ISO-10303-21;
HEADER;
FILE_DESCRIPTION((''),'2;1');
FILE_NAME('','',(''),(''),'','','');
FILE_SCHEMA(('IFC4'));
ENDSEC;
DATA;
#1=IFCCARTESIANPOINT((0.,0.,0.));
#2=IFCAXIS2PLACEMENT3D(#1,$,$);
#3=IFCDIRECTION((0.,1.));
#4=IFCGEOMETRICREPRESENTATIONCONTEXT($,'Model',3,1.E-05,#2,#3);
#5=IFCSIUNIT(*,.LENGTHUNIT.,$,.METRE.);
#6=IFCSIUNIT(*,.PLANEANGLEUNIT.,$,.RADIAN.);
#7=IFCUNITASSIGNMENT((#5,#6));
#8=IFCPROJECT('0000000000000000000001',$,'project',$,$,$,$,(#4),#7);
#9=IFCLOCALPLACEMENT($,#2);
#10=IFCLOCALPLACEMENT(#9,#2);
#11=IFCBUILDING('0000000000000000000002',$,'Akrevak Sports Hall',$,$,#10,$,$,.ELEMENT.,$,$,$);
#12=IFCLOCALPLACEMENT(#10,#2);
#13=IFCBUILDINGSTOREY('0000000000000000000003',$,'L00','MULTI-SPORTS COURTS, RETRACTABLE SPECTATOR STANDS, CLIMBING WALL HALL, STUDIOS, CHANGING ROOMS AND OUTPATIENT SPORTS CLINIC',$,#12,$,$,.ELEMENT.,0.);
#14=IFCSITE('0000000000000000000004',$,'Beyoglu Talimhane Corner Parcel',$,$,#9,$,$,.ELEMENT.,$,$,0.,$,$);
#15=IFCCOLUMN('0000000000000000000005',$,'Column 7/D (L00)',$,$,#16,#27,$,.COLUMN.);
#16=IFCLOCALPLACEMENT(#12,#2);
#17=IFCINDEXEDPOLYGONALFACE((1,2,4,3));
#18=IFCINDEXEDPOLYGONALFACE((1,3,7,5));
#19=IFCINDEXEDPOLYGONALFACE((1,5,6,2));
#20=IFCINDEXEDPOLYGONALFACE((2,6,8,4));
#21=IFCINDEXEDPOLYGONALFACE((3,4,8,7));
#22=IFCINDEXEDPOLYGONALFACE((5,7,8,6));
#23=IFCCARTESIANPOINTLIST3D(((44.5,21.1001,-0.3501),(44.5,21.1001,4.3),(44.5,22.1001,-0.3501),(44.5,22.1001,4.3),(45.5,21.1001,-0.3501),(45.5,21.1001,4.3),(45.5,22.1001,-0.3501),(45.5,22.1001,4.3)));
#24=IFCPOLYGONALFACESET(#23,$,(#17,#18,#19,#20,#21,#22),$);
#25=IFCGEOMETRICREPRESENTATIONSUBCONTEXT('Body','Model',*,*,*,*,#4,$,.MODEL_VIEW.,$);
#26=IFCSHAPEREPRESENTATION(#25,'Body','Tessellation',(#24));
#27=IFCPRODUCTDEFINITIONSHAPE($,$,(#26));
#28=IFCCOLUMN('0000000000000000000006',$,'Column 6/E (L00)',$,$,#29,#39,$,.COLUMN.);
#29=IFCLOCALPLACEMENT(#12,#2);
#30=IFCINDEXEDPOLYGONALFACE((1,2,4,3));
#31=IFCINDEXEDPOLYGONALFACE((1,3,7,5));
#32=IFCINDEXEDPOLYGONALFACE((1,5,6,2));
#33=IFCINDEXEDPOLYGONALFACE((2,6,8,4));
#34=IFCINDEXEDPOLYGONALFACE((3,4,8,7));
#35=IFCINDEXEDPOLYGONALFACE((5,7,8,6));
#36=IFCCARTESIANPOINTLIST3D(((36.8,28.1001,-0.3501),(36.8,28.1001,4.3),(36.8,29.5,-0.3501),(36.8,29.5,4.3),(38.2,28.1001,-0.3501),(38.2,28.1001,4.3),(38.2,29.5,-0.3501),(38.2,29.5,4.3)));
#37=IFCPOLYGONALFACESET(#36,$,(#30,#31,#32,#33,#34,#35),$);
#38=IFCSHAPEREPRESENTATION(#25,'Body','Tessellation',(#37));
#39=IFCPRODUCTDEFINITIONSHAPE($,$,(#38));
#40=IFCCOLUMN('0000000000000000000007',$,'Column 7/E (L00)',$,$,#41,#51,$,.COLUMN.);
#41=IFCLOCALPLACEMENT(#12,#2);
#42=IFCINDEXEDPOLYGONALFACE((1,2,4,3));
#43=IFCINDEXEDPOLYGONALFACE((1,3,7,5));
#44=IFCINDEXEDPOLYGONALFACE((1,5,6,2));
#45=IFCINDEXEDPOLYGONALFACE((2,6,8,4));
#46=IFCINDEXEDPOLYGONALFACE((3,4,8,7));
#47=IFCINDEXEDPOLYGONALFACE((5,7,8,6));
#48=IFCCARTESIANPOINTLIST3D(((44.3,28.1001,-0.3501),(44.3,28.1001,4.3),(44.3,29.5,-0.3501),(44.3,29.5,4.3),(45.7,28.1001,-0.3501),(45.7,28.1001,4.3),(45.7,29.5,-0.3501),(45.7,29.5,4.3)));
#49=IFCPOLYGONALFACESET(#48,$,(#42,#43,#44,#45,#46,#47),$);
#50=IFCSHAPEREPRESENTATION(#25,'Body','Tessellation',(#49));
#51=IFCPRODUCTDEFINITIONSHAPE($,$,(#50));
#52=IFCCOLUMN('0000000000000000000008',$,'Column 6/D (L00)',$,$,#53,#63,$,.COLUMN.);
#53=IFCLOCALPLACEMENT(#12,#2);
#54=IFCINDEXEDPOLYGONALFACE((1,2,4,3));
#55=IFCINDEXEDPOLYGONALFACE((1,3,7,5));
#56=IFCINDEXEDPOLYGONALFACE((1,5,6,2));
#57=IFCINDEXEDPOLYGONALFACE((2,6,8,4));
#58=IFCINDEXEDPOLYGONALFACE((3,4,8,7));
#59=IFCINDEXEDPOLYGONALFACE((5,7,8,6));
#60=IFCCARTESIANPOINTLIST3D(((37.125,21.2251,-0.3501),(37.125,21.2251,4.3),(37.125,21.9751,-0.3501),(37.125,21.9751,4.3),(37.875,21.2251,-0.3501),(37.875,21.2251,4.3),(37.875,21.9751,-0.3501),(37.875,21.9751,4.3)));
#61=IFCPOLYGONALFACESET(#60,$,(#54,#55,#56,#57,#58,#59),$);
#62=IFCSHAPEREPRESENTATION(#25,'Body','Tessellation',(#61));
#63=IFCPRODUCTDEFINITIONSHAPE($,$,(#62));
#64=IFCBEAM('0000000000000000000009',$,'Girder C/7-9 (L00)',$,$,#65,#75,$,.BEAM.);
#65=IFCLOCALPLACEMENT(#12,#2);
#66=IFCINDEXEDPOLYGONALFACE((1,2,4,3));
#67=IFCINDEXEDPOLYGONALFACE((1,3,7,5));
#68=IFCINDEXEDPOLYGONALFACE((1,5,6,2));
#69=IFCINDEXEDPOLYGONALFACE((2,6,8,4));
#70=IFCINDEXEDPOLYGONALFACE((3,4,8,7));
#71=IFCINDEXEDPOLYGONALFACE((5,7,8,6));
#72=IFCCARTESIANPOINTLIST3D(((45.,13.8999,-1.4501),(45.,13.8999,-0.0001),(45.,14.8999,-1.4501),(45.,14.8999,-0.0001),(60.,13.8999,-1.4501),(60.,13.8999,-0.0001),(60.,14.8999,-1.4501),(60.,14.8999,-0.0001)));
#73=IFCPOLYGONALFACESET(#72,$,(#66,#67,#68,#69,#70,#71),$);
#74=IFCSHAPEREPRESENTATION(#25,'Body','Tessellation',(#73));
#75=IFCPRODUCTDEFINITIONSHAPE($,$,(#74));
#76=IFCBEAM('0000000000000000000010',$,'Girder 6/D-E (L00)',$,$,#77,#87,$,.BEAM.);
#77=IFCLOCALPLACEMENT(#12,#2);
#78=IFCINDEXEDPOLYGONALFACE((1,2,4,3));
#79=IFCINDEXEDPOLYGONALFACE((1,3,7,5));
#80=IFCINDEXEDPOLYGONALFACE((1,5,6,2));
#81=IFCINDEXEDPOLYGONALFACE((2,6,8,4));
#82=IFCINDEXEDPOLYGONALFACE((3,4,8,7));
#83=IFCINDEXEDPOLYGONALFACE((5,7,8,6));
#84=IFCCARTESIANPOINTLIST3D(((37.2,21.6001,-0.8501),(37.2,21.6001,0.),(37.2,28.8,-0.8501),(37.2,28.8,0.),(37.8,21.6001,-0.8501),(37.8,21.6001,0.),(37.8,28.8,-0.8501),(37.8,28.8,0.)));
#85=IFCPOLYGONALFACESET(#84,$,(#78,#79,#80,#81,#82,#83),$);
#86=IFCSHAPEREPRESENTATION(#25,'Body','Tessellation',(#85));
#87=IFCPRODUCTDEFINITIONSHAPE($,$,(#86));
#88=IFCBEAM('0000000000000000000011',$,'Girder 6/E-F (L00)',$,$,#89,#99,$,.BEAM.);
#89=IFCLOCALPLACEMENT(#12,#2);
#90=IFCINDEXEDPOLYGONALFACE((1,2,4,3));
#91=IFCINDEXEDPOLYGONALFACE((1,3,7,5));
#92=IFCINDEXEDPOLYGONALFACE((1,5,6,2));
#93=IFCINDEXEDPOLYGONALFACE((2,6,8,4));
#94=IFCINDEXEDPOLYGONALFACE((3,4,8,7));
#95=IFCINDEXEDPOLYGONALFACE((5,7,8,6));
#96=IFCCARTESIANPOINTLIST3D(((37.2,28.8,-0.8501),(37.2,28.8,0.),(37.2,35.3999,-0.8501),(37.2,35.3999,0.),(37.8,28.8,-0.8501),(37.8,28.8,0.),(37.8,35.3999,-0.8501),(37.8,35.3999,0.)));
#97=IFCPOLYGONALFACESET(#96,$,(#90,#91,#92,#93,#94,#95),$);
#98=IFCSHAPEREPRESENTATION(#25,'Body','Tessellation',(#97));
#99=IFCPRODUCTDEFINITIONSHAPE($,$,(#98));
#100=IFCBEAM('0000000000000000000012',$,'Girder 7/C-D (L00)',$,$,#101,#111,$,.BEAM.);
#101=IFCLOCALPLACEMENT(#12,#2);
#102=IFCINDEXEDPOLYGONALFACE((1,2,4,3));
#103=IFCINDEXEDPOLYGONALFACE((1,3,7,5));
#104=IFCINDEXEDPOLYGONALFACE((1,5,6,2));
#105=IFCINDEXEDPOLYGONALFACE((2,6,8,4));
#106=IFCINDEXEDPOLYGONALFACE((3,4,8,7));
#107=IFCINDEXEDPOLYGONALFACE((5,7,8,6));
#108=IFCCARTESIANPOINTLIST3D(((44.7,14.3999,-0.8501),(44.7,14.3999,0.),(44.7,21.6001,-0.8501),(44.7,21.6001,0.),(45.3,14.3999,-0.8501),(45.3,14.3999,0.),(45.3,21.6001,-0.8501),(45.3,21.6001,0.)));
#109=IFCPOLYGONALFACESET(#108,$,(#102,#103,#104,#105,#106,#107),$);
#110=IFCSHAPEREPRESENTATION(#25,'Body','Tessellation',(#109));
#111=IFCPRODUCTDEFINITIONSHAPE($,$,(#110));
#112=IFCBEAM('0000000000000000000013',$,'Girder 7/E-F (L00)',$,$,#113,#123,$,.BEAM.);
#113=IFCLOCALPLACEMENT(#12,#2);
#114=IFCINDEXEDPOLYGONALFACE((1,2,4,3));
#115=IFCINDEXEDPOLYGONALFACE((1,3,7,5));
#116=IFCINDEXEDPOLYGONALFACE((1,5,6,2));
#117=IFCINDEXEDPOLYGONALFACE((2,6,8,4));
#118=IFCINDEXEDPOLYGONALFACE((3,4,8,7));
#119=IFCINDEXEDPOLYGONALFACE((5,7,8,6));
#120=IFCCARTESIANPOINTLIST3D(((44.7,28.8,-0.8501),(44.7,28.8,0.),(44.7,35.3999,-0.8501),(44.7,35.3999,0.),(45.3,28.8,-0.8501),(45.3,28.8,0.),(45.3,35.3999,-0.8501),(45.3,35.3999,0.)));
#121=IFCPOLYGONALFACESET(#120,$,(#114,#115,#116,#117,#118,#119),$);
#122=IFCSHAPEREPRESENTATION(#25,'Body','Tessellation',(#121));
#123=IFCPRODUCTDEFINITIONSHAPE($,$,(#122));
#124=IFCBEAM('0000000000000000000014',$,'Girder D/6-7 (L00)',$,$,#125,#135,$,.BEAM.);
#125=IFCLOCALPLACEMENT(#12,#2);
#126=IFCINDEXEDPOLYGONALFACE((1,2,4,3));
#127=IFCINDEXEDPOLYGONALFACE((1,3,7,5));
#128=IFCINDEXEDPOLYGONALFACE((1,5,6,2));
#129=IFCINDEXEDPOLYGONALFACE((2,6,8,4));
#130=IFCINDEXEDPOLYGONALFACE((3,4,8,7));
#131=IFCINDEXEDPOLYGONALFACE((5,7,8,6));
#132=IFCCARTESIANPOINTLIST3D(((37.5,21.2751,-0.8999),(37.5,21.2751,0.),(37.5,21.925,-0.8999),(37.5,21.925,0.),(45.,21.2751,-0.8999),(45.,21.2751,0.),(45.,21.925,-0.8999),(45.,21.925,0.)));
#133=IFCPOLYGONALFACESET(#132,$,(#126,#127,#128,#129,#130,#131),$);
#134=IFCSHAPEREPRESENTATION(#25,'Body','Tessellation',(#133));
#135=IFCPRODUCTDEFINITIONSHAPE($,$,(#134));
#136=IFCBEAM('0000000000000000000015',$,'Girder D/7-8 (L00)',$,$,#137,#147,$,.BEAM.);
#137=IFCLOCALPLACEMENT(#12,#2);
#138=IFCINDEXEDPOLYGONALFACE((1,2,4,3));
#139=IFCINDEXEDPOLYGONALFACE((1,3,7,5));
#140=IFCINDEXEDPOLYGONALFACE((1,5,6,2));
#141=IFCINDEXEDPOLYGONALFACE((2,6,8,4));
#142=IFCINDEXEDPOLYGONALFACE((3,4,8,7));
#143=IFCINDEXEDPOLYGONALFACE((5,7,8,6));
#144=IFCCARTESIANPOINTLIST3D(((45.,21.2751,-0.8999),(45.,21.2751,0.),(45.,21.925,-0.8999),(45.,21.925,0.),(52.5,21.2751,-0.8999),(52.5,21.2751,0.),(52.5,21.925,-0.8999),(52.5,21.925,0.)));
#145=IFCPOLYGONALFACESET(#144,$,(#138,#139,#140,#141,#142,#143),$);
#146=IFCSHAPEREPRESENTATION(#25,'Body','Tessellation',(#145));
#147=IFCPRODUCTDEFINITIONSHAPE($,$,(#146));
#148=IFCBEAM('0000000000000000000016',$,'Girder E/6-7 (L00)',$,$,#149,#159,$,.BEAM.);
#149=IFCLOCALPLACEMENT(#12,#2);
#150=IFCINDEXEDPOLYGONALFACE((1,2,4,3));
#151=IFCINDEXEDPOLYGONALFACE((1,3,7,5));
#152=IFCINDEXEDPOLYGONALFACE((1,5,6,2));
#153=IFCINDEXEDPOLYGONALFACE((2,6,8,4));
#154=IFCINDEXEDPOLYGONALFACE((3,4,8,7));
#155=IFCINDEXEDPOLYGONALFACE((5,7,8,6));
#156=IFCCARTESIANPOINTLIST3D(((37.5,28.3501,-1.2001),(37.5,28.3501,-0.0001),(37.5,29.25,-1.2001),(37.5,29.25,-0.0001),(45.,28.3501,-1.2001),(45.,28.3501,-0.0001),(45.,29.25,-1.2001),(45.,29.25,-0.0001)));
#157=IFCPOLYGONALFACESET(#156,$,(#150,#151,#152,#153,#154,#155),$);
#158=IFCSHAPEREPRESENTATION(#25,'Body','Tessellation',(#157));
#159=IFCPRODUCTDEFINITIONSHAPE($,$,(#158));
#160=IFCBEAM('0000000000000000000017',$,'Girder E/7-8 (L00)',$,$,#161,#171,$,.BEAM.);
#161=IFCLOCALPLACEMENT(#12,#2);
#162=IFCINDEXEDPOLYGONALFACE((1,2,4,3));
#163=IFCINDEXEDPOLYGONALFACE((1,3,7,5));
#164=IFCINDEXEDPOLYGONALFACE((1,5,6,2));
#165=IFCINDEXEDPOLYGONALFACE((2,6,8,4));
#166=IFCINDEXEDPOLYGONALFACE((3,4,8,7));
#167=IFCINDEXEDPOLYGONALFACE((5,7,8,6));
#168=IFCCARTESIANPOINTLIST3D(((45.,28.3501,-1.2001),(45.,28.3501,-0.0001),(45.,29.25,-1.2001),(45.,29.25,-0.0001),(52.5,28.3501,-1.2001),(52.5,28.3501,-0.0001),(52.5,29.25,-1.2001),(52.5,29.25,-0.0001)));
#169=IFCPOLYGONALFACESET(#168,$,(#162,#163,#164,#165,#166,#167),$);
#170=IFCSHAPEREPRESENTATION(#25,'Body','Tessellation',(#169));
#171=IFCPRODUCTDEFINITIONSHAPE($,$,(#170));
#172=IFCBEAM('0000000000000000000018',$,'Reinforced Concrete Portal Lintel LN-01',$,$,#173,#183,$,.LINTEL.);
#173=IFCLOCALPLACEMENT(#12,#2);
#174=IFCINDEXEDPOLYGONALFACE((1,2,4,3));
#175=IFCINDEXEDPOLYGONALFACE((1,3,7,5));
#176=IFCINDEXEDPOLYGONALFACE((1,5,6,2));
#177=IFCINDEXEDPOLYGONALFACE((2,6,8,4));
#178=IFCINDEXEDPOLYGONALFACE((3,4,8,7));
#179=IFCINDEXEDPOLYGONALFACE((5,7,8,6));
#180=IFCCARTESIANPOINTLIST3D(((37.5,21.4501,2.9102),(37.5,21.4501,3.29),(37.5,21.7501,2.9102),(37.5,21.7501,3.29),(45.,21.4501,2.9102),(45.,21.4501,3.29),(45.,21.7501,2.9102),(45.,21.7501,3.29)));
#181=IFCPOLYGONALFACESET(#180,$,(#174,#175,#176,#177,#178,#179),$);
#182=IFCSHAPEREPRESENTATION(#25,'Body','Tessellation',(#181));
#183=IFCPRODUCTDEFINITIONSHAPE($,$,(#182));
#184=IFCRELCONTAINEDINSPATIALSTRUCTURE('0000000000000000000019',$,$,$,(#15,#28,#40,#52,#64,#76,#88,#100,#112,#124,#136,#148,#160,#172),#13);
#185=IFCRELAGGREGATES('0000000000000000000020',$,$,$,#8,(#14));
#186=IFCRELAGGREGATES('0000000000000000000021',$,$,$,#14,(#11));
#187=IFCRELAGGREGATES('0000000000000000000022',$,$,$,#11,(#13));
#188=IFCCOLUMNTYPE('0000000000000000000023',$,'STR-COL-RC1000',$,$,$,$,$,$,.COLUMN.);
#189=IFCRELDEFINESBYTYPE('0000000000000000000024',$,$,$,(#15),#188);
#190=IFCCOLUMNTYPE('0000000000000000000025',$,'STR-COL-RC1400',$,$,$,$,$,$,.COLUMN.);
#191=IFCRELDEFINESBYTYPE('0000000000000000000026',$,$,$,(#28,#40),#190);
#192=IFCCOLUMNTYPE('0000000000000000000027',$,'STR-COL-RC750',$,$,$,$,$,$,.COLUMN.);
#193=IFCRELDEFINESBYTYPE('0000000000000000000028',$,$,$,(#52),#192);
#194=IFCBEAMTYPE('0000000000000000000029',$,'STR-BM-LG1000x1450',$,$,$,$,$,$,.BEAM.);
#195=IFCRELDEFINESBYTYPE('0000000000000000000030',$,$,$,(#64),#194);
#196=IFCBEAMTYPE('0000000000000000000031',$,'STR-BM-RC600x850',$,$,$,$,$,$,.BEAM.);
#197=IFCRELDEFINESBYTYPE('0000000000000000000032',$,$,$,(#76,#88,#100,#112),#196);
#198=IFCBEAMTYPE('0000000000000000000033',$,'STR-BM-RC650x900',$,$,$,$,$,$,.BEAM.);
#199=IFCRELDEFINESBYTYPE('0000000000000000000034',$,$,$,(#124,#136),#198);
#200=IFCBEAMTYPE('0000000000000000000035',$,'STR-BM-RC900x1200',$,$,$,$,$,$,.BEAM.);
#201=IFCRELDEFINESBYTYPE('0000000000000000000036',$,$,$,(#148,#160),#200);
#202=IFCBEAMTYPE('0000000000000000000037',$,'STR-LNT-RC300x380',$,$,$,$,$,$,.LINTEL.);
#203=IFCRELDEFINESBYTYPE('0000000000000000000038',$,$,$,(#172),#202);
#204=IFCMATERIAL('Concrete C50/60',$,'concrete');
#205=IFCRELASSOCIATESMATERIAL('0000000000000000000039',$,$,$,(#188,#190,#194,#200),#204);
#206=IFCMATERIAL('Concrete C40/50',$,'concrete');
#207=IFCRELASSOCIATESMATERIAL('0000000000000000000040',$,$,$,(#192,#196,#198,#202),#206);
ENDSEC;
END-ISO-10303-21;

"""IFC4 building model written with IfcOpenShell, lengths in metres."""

from ifc_helpers import new_model, si_unit, direction, frame, origin, origin_2d, place, context, subcontext, project, spatial, rectangle, extrude, material, material_profile, profile_set, type_object, element, save


model = new_model("IFC4")

# Units and contexts
model_context = context("Model", 3, precision=1e-05, world=origin(), true_north=direction((0.0, 1.0)))
body_context = subcontext(model_context, "Body", "Model", "MODEL_VIEW")
ifc_project = project(units=[si_unit("LENGTHUNIT", "METRE"), si_unit("PLANEANGLEUNIT", "RADIAN")], contexts=[model_context])

# Site, building, storey
site_placement = place(None, origin())
site = spatial("IfcSite", under=ifc_project, at=site_placement, Name="Beyoglu Talimhane Corner Parcel", CompositionType="ELEMENT", RefElevation=0.0)
building_placement = place(site_placement, origin())
building = spatial("IfcBuilding", under=site, at=building_placement, Name="Akrevak Sports Hall", CompositionType="ELEMENT")
storey_placement = place(building_placement, origin())
storey = spatial("IfcBuildingStorey", under=building, at=storey_placement, Name="L00", Description="MULTI-SPORTS COURTS, RETRACTABLE SPECTATOR STANDS, CLIMBING WALL HALL, STUDIOS, CHANGING ROOMS AND OUTPATIENT SPORTS CLINIC", CompositionType="ELEMENT", Elevation=0.0)

# Columns
ifc_material_1 = material(Name="Concrete C50/60", Category="concrete")
ifc_material_profile_1 = material_profile(ifc_material_1, rectangle(XDim=1.0, YDim=1.0, at=origin_2d()), Name="RC 1000x1000", Category="concrete")
ifc_profile_set_1 = profile_set([ifc_material_profile_1], Name="Concrete C50/60")
column_type_1 = type_object("IfcColumnType", Name="STR-COL-RC1000", PredefinedType="COLUMN", material=ifc_profile_set_1)
column_1_placement = place(storey_placement, frame((45.0, 21.6001, -0.3501), z_axis=(0.0, 0.0, 1.0), x_axis=(1.0, 0.0, 0.0)))
element("IfcColumn", 1, at=column_1_placement, inside=storey, type_object=column_type_1, Name="Column 7/D (L00)", PredefinedType="COLUMN", context=body_context, shape_type="SweptSolid", body=[
    extrude(rectangle(XDim=1.0, YDim=1.0, at=origin_2d()), origin(), (0.0, 0.0, 1.0), 4.6501),
])
ifc_material_profile_2 = material_profile(ifc_material_1, rectangle(XDim=1.3999, YDim=1.3999, at=origin_2d()), Name="RC 1400x1400", Category="concrete")
ifc_profile_set_2 = profile_set([ifc_material_profile_2], Name="Concrete C50/60")
column_type_2 = type_object("IfcColumnType", Name="STR-COL-RC1400", PredefinedType="COLUMN", material=ifc_profile_set_2)
for number, where, z_axis, x_axis, name in (
    (2, (37.5, 28.8, -0.3501), (0.0, 0.0, 1.0), (1.0, 0.0, 0.0), "Column 6/E (L00)"),
    (3, (45.0, 28.8, -0.3501), (0.0, 0.0, 1.0), (1.0, 0.0, 0.0), "Column 7/E (L00)"),
):
    element("IfcColumn", number, at=place(storey_placement, frame(where, z_axis=z_axis, x_axis=x_axis)), inside=storey, type_object=column_type_2, Name=name, PredefinedType="COLUMN", context=body_context, shape_type="SweptSolid", body=[
        extrude(rectangle(XDim=1.3999, YDim=1.3999, at=origin_2d()), origin(), (0.0, 0.0, 1.0), 4.6501),
    ])
ifc_material_2 = material(Name="Concrete C40/50", Category="concrete")
ifc_material_profile_3 = material_profile(ifc_material_2, rectangle(XDim=0.75, YDim=0.75, at=origin_2d()), Name="RC 750x750", Category="concrete")
ifc_profile_set_3 = profile_set([ifc_material_profile_3], Name="Concrete C40/50")
column_type_3 = type_object("IfcColumnType", Name="STR-COL-RC750", PredefinedType="COLUMN", material=ifc_profile_set_3)
column_2_placement = place(storey_placement, frame((37.5, 21.6001, -0.3501), z_axis=(0.0, 0.0, 1.0), x_axis=(1.0, 0.0, 0.0)))
element("IfcColumn", 4, at=column_2_placement, inside=storey, type_object=column_type_3, Name="Column 6/D (L00)", PredefinedType="COLUMN", context=body_context, shape_type="SweptSolid", body=[
    extrude(rectangle(XDim=0.75, YDim=0.75, at=origin_2d()), origin(), (0.0, 0.0, 1.0), 4.6501),
])

# Beams
ifc_material_profile_4 = material_profile(ifc_material_1, rectangle(XDim=1.0, YDim=1.45, at=origin_2d()), Name="BM 1000x1450", Category="concrete")
ifc_profile_set_4 = profile_set([ifc_material_profile_4], Name="Concrete C50/60")
beam_type_1 = type_object("IfcBeamType", Name="STR-BM-LG1000x1450", PredefinedType="BEAM", material=ifc_profile_set_4)
beam_1_placement = place(storey_placement, frame((45.0, 14.3999, -0.7251), z_axis=(1.0, 0.0, 0.0), x_axis=(0.0, 1.0, 0.0)))
element("IfcBeam", 5, at=beam_1_placement, inside=storey, type_object=beam_type_1, Name="Girder C/7-9 (L00)", PredefinedType="BEAM", context=body_context, shape_type="SweptSolid", body=[
    extrude(rectangle(XDim=1.0, YDim=1.45, at=origin_2d()), origin(), (0.0, 0.0, 1.0), 15.0),
])
ifc_material_profile_5 = material_profile(ifc_material_2, rectangle(XDim=0.6001, YDim=0.8501, at=origin_2d()), Name="BM 600x850", Category="concrete")
ifc_profile_set_5 = profile_set([ifc_material_profile_5], Name="Concrete C40/50")
beam_type_2 = type_object("IfcBeamType", Name="STR-BM-RC600x850", PredefinedType="BEAM", material=ifc_profile_set_5)
beam_2_placement = place(storey_placement, frame((37.5, 21.6001, -0.425), z_axis=(0.0, 1.0, 0.0), x_axis=(-1.0, 0.0, 0.0)))
element("IfcBeam", 6, at=beam_2_placement, inside=storey, type_object=beam_type_2, Name="Girder 6/D-E (L00)", PredefinedType="BEAM", context=body_context, shape_type="SweptSolid", body=[
    extrude(rectangle(XDim=0.6001, YDim=0.8501, at=origin_2d()), origin(), (0.0, 0.0, 1.0), 7.2),
])
beam_3_placement = place(storey_placement, frame((37.5, 28.8, -0.425), z_axis=(0.0, 1.0, 0.0), x_axis=(-1.0, 0.0, 0.0)))
element("IfcBeam", 7, at=beam_3_placement, inside=storey, type_object=beam_type_2, Name="Girder 6/E-F (L00)", PredefinedType="BEAM", context=body_context, shape_type="SweptSolid", body=[
    extrude(rectangle(XDim=0.6001, YDim=0.8501, at=origin_2d()), origin(), (0.0, 0.0, 1.0), 6.5999),
])
beam_4_placement = place(storey_placement, frame((45.0, 14.3999, -0.425), z_axis=(0.0, 1.0, 0.0), x_axis=(-1.0, 0.0, 0.0)))
element("IfcBeam", 8, at=beam_4_placement, inside=storey, type_object=beam_type_2, Name="Girder 7/C-D (L00)", PredefinedType="BEAM", context=body_context, shape_type="SweptSolid", body=[
    extrude(rectangle(XDim=0.6001, YDim=0.8501, at=origin_2d()), origin(), (0.0, 0.0, 1.0), 7.2002),
])
beam_5_placement = place(storey_placement, frame((45.0, 28.8, -0.425), z_axis=(0.0, 1.0, 0.0), x_axis=(-1.0, 0.0, 0.0)))
element("IfcBeam", 9, at=beam_5_placement, inside=storey, type_object=beam_type_2, Name="Girder 7/E-F (L00)", PredefinedType="BEAM", context=body_context, shape_type="SweptSolid", body=[
    extrude(rectangle(XDim=0.6001, YDim=0.8501, at=origin_2d()), origin(), (0.0, 0.0, 1.0), 6.5999),
])
ifc_material_profile_6 = material_profile(ifc_material_2, rectangle(XDim=0.6499, YDim=0.8999, at=origin_2d()), Name="BM 650x900", Category="concrete")
ifc_profile_set_6 = profile_set([ifc_material_profile_6], Name="Concrete C40/50")
beam_type_3 = type_object("IfcBeamType", Name="STR-BM-RC650x900", PredefinedType="BEAM", material=ifc_profile_set_6)
for number, where, z_axis, x_axis, name in (
    (10, (37.5, 21.6001, -0.45), (1.0, 0.0, 0.0), (0.0, 1.0, 0.0), "Girder D/6-7 (L00)"),
    (11, (45.0, 21.6001, -0.45), (1.0, 0.0, 0.0), (0.0, 1.0, 0.0), "Girder D/7-8 (L00)"),
):
    element("IfcBeam", number, at=place(storey_placement, frame(where, z_axis=z_axis, x_axis=x_axis)), inside=storey, type_object=beam_type_3, Name=name, PredefinedType="BEAM", context=body_context, shape_type="SweptSolid", body=[
        extrude(rectangle(XDim=0.6499, YDim=0.8999, at=origin_2d()), origin(), (0.0, 0.0, 1.0), 7.5),
    ])
ifc_material_profile_7 = material_profile(ifc_material_1, rectangle(XDim=0.8999, YDim=1.2, at=origin_2d()), Name="BM 900x1200", Category="concrete")
ifc_profile_set_7 = profile_set([ifc_material_profile_7], Name="Concrete C50/60")
beam_type_4 = type_object("IfcBeamType", Name="STR-BM-RC900x1200", PredefinedType="BEAM", material=ifc_profile_set_7)
for number, where, z_axis, x_axis, name in (
    (12, (37.5, 28.8, -0.6001), (1.0, 0.0, 0.0), (0.0, 1.0, 0.0), "Girder E/6-7 (L00)"),
    (13, (45.0, 28.8, -0.6001), (1.0, 0.0, 0.0), (0.0, 1.0, 0.0), "Girder E/7-8 (L00)"),
):
    element("IfcBeam", number, at=place(storey_placement, frame(where, z_axis=z_axis, x_axis=x_axis)), inside=storey, type_object=beam_type_4, Name=name, PredefinedType="BEAM", context=body_context, shape_type="SweptSolid", body=[
        extrude(rectangle(XDim=0.8999, YDim=1.2, at=origin_2d()), origin(), (0.0, 0.0, 1.0), 7.5),
    ])
ifc_material_profile_8 = material_profile(ifc_material_2, rectangle(XDim=0.3, YDim=0.3799, at=origin_2d()), Name="LNT 300x380", Category="concrete")
ifc_profile_set_8 = profile_set([ifc_material_profile_8], Name="Concrete C40/50")
beam_type_5 = type_object("IfcBeamType", Name="STR-LNT-RC300x380", PredefinedType="LINTEL", material=ifc_profile_set_8)
for number, where, z_axis, x_axis, name in (
    (14, (37.5, 21.6001, 3.1001), (1.0, 0.0, 0.0), (0.0, 1.0, 0.0), "Reinforced Concrete Portal Lintel LN-01"),
):
    element("IfcBeam", number, at=place(storey_placement, frame(where, z_axis=z_axis, x_axis=x_axis)), inside=storey, type_object=beam_type_5, Name=name, PredefinedType="LINTEL", context=body_context, shape_type="SweptSolid", body=[
        extrude(rectangle(XDim=0.3, YDim=0.3799, at=origin_2d()), origin(), (0.0, 0.0, 1.0), 7.5),
    ])

save(model, "model.ifc")
